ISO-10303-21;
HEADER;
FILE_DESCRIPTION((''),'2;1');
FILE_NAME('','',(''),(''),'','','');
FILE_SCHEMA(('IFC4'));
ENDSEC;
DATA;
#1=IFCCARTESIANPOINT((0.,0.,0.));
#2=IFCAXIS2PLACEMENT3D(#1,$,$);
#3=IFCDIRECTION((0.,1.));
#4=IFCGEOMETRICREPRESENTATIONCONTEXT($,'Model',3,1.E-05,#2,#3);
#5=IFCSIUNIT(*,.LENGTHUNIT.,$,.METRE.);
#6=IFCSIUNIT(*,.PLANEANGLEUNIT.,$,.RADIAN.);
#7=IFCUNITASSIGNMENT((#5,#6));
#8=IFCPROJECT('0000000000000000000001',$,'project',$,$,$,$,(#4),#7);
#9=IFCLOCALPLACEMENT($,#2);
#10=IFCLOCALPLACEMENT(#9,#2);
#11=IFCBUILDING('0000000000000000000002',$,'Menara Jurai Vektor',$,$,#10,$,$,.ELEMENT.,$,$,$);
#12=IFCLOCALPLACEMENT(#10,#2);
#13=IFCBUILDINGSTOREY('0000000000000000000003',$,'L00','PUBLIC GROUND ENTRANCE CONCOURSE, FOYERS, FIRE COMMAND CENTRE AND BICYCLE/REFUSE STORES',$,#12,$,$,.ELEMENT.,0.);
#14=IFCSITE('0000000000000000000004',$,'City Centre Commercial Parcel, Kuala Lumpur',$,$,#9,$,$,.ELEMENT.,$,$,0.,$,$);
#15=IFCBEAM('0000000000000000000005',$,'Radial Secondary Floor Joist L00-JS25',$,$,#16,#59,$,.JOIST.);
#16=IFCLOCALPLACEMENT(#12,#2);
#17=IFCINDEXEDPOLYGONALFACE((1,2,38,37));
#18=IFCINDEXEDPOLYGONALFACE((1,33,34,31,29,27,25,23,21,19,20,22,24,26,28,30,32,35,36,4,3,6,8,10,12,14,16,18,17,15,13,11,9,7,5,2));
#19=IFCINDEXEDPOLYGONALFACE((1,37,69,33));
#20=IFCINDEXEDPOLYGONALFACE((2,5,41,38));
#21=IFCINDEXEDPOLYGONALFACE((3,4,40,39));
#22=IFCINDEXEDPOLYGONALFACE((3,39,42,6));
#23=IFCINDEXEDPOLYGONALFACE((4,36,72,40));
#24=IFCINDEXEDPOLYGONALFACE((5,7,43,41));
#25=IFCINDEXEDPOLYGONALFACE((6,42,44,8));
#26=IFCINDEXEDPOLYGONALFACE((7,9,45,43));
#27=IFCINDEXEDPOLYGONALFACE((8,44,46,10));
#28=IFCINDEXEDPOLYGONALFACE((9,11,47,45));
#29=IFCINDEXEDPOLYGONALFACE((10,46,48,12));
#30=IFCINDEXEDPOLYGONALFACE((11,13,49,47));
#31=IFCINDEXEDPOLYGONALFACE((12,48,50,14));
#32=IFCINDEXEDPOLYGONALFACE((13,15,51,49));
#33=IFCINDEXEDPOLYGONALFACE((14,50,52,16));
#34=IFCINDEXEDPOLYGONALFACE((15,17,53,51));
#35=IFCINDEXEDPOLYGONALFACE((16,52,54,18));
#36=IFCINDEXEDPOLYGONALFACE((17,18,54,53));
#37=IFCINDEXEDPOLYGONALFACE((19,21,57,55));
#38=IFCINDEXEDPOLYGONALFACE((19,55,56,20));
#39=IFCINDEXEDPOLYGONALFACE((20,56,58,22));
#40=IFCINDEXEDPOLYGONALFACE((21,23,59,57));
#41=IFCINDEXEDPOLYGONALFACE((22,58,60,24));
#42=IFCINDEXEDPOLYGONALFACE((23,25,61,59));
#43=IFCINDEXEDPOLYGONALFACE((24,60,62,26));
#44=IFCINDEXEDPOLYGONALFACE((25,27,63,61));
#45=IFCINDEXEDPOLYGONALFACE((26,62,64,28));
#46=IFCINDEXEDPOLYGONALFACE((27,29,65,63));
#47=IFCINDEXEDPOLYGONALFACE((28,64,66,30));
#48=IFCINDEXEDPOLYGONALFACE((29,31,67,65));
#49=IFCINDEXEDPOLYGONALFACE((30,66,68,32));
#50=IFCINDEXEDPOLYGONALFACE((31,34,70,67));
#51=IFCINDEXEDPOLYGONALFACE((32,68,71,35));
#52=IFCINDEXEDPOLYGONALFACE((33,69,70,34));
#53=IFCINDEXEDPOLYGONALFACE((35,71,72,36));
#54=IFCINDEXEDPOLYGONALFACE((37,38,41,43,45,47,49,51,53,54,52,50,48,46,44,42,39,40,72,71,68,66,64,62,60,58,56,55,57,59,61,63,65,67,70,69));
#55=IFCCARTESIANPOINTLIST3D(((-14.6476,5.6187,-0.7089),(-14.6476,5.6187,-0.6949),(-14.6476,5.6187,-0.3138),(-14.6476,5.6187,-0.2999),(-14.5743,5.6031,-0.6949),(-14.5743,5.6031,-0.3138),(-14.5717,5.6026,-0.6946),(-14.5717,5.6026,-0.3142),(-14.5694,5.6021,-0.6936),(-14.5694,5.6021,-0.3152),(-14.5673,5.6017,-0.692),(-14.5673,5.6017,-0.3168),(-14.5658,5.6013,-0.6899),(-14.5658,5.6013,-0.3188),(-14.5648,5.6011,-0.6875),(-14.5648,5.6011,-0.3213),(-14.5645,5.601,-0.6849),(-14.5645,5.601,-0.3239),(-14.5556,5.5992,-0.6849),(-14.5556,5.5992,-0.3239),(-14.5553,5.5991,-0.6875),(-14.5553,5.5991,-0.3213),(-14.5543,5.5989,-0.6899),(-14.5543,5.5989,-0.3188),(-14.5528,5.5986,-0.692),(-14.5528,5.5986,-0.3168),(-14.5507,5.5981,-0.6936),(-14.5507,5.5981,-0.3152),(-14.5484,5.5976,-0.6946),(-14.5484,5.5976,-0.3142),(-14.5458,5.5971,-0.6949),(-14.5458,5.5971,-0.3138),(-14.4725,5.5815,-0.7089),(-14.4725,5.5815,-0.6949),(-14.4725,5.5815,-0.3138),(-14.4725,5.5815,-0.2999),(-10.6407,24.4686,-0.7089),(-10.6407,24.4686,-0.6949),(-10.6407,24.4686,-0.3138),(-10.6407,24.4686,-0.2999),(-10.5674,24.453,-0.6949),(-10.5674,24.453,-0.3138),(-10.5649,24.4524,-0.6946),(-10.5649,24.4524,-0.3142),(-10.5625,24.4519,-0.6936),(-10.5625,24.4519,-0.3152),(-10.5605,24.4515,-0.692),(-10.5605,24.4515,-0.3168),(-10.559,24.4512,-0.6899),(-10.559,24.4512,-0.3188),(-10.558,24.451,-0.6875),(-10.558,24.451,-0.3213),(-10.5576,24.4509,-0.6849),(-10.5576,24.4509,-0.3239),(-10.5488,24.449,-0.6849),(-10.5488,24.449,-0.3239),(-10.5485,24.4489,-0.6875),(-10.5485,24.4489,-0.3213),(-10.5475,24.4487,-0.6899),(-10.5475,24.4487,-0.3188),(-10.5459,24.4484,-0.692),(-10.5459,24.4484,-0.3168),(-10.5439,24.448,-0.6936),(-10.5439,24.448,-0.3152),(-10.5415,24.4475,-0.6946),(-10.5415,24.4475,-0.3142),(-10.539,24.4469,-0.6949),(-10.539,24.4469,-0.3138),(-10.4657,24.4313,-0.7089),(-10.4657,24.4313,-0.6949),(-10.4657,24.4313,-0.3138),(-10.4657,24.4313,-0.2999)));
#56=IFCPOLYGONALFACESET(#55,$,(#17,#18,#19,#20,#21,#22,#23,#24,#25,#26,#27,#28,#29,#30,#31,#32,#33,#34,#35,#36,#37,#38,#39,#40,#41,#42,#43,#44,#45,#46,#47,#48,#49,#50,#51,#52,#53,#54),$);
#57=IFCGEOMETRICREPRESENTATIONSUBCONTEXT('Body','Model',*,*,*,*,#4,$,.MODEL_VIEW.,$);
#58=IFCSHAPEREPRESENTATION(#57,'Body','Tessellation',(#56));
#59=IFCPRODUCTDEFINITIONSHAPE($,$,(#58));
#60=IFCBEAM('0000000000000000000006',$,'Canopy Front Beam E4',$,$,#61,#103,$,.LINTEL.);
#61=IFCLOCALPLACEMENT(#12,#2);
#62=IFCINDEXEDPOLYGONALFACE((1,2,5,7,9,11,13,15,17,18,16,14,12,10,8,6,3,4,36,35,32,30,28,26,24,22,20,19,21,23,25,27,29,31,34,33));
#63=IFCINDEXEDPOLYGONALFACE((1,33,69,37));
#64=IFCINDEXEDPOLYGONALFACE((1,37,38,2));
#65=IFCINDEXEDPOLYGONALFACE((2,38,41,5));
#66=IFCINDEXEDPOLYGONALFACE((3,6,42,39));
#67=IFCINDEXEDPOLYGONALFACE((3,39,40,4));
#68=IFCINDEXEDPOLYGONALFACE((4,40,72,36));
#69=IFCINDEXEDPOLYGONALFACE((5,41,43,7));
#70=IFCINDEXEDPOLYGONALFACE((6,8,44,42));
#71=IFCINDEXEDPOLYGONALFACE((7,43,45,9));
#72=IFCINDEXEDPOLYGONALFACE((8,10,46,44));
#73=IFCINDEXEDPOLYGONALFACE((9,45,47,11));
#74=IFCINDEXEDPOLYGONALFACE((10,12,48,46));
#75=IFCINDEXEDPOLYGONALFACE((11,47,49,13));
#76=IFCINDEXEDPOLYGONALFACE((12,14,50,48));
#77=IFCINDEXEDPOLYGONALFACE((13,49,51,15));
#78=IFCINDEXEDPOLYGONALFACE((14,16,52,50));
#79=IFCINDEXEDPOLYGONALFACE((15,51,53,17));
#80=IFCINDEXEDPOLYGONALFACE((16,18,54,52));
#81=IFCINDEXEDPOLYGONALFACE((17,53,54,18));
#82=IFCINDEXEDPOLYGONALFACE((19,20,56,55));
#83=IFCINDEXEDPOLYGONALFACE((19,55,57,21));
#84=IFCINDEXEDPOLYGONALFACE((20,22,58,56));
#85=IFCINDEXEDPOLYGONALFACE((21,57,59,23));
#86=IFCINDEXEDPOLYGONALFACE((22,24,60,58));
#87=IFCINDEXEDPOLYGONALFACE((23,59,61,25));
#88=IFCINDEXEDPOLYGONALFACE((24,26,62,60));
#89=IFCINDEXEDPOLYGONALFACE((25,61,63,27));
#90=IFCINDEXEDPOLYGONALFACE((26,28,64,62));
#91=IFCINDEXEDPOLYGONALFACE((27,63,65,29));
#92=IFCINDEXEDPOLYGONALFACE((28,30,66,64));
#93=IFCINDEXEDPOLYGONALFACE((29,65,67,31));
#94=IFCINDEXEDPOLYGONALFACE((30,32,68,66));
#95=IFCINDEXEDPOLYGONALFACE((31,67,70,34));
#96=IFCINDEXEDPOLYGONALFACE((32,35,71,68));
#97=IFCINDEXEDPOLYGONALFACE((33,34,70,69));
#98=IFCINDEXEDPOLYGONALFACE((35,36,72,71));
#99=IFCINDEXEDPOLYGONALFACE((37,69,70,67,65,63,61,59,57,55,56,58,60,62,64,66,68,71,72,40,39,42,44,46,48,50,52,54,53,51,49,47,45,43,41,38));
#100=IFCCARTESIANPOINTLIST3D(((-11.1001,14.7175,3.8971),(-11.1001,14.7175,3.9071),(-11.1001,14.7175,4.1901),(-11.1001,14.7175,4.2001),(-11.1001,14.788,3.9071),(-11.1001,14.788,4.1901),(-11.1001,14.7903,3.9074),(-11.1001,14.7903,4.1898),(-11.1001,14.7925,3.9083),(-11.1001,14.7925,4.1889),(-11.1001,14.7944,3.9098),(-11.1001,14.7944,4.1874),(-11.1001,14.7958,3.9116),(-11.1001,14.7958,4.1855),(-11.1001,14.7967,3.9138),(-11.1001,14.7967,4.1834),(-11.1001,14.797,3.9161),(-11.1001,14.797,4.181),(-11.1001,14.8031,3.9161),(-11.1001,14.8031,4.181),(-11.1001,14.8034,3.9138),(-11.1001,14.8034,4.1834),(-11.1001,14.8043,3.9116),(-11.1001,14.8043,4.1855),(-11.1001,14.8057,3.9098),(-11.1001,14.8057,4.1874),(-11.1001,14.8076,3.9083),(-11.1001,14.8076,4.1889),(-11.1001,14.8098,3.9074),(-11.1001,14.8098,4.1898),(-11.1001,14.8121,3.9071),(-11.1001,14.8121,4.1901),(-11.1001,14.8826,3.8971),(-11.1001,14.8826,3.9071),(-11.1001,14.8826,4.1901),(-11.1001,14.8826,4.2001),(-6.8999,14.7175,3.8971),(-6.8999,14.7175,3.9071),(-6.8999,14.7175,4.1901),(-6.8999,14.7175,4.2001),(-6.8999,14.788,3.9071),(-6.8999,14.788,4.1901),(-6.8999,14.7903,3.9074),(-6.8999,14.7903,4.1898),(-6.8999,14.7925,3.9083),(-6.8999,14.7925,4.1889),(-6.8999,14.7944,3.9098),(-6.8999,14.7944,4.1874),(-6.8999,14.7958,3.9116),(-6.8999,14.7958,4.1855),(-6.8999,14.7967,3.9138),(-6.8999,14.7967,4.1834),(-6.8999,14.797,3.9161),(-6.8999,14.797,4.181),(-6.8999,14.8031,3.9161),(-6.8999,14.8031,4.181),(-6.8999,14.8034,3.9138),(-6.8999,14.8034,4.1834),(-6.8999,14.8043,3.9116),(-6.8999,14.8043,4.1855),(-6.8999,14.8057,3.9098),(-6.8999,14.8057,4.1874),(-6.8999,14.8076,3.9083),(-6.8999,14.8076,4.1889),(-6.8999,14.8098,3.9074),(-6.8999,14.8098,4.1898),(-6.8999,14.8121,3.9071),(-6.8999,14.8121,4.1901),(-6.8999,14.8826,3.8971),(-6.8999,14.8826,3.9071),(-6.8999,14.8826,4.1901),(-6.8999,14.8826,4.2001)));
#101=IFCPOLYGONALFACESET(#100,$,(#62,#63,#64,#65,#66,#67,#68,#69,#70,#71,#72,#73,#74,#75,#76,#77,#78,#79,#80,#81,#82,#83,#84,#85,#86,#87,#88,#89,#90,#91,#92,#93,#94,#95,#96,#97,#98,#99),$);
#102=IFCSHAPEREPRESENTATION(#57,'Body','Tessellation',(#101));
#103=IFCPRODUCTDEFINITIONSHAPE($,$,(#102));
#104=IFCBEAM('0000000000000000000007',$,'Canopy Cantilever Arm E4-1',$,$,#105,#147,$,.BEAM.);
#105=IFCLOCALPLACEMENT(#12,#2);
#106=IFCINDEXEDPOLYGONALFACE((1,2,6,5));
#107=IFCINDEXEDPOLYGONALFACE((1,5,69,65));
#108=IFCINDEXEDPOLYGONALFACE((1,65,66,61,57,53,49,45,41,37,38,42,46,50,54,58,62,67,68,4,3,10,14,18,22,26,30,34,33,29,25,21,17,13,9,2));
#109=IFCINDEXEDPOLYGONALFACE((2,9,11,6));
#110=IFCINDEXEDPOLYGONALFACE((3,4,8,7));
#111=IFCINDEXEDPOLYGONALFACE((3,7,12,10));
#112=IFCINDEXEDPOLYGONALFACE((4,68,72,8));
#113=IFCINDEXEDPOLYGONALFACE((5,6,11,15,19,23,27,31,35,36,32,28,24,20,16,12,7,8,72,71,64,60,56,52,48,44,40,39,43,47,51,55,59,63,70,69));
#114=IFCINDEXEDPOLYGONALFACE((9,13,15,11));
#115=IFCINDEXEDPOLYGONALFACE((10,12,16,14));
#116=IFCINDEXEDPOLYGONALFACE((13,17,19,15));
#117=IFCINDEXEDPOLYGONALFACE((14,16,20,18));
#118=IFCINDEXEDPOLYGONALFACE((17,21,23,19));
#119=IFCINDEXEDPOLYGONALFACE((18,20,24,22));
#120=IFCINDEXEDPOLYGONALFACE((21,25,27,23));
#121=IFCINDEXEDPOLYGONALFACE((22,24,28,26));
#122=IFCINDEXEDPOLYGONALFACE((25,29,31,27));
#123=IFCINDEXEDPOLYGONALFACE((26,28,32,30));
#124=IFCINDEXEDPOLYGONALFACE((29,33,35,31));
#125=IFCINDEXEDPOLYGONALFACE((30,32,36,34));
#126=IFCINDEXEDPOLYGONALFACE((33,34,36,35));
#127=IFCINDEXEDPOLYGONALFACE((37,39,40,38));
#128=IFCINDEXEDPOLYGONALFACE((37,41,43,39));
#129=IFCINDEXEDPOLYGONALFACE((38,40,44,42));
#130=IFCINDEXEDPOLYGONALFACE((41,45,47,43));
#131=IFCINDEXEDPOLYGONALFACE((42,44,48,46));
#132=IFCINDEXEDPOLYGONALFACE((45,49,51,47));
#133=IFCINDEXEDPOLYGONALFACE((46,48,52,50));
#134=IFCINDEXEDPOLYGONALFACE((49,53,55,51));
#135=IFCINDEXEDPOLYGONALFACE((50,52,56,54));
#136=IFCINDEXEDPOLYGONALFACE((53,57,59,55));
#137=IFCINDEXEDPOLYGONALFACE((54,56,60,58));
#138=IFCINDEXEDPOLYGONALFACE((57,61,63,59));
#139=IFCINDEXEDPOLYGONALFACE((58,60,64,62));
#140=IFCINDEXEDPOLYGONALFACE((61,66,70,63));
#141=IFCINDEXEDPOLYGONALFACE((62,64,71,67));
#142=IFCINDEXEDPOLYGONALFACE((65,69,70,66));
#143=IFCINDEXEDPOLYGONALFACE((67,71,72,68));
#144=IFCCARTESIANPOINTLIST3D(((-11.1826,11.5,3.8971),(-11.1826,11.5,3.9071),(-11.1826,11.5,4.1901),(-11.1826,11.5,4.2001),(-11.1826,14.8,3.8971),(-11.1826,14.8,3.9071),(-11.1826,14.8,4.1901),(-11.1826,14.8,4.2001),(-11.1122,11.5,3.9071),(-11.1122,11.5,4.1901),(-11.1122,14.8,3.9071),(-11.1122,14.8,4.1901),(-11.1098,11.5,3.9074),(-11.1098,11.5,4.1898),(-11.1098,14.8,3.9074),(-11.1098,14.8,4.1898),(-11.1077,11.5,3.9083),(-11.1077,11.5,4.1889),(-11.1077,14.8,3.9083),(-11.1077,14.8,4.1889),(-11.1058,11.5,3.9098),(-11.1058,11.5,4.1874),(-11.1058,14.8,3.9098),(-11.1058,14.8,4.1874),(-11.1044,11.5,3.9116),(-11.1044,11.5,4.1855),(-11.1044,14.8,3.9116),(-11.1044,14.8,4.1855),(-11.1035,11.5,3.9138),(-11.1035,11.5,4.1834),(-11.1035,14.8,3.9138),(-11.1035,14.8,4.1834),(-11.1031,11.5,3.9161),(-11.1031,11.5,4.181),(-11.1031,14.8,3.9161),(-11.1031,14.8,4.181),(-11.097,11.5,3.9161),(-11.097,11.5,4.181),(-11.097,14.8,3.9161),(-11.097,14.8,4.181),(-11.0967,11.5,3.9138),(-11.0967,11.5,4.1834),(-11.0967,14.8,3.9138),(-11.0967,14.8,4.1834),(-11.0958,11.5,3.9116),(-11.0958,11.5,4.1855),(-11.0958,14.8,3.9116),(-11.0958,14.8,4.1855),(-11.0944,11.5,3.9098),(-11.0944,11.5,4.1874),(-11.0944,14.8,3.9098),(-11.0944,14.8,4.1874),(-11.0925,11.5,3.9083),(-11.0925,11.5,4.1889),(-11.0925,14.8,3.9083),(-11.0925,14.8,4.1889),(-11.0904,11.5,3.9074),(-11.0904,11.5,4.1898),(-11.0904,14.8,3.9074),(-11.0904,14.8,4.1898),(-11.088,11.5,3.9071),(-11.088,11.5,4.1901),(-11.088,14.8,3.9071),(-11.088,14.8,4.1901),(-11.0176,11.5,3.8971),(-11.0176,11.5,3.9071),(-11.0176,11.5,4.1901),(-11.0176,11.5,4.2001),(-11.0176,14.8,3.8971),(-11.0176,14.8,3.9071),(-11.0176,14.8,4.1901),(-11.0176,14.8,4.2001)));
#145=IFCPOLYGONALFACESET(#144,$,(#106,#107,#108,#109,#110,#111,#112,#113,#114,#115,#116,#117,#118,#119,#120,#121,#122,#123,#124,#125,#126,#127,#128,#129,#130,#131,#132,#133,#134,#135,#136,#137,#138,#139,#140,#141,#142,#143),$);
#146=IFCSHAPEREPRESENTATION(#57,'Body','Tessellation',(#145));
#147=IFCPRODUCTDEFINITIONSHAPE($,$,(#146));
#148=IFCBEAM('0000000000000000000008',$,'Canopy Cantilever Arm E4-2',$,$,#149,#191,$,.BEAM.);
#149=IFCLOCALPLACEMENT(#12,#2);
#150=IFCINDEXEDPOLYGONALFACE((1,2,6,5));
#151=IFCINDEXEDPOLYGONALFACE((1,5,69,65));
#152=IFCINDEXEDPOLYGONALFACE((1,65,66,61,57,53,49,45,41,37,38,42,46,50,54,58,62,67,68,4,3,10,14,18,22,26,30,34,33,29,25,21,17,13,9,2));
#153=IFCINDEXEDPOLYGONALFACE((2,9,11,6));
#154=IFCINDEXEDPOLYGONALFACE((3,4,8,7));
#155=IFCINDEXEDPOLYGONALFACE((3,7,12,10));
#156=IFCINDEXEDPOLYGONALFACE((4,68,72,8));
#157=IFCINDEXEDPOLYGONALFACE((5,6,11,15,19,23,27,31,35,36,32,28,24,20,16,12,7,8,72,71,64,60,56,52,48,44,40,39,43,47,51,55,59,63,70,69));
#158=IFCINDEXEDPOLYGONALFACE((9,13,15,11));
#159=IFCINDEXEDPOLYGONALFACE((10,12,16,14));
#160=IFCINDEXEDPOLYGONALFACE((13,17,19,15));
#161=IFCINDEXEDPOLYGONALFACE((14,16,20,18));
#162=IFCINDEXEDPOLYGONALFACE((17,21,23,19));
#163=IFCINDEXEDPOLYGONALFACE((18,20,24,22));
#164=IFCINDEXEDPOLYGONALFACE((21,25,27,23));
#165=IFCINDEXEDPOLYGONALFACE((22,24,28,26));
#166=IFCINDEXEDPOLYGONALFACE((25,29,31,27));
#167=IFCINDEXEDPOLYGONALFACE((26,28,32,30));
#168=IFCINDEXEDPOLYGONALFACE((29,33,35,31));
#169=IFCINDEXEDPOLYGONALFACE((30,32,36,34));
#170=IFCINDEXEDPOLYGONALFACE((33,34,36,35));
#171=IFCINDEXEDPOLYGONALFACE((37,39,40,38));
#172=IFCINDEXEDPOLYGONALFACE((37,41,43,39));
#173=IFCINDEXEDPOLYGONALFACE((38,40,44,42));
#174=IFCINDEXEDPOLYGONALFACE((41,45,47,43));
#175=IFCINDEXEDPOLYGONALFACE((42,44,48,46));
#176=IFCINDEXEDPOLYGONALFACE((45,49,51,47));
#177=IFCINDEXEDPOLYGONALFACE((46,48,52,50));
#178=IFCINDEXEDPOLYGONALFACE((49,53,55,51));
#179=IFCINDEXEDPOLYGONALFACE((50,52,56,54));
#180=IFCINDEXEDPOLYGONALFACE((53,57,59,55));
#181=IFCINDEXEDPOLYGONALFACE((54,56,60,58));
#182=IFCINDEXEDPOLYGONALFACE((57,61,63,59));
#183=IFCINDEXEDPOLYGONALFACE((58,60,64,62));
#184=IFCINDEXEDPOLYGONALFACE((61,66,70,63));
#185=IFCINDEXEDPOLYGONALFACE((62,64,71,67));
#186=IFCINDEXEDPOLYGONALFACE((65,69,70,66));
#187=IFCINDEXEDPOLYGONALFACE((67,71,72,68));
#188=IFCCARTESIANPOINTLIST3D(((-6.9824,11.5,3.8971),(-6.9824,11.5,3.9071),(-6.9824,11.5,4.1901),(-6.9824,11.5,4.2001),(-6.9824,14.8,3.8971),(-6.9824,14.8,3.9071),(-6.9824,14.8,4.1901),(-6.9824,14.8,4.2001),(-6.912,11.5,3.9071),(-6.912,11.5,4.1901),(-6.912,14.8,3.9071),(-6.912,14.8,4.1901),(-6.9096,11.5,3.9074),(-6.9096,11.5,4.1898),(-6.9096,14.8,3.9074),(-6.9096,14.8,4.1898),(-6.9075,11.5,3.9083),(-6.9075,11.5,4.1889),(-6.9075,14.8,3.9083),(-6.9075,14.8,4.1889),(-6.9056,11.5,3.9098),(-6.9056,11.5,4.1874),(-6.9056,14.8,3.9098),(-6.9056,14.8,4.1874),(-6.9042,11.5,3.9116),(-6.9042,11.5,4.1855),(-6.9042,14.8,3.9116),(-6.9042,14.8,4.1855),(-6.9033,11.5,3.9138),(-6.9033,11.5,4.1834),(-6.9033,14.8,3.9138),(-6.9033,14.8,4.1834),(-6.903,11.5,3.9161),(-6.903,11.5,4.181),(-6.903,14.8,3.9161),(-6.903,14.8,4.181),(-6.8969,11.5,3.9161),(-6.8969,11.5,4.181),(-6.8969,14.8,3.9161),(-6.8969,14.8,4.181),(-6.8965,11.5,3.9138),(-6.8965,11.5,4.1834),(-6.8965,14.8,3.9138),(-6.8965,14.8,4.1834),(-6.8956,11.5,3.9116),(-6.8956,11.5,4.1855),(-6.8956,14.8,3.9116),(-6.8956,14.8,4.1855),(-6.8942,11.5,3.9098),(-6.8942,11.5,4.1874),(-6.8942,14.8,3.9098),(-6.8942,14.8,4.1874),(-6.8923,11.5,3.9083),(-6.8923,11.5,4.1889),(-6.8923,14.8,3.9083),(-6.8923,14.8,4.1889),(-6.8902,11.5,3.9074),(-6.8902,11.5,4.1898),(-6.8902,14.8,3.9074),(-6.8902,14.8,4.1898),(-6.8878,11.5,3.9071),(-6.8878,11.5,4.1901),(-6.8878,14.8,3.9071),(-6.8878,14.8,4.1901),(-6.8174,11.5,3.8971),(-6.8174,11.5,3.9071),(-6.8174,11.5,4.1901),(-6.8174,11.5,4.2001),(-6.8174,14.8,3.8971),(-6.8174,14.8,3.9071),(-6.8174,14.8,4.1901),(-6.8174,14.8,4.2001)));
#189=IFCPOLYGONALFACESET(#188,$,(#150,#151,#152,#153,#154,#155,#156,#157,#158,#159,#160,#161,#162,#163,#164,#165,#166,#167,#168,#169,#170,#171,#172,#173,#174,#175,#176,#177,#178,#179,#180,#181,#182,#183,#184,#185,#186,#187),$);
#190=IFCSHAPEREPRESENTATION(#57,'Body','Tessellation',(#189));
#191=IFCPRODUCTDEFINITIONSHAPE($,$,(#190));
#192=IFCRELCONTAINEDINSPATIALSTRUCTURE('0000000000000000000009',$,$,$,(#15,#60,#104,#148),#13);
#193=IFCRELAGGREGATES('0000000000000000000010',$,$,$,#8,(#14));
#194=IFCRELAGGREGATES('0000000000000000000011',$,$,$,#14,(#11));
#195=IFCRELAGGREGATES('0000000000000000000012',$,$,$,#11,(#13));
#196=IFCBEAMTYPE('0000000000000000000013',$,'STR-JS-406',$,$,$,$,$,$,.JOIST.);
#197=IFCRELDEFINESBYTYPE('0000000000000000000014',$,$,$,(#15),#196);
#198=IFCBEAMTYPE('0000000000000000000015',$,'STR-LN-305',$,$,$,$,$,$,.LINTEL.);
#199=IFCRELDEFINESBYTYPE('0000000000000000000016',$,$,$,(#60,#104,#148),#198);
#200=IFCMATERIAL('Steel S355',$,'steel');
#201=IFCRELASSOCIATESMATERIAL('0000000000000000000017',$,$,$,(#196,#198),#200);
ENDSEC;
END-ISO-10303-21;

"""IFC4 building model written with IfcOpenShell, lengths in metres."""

from ifc_helpers import new_model, si_unit, direction, frame, origin, origin_2d, place, context, subcontext, project, spatial, i_section, extrude, material, material_profile, profile_set, type_object, element, save


model = new_model("IFC4")

# Units and contexts
model_context = context("Model", 3, precision=1e-05, world=origin(), true_north=direction((0.0, 1.0)))
body_context = subcontext(model_context, "Body", "Model", "MODEL_VIEW")
ifc_project = project(units=[si_unit("LENGTHUNIT", "METRE"), si_unit("PLANEANGLEUNIT", "RADIAN")], contexts=[model_context])

# Site, building, storey
site_placement = place(None, origin())
site = spatial("IfcSite", under=ifc_project, at=site_placement, Name="City Centre Commercial Parcel, Kuala Lumpur", CompositionType="ELEMENT", RefElevation=0.0)
building_placement = place(site_placement, origin())
building = spatial("IfcBuilding", under=site, at=building_placement, Name="Menara Jurai Vektor", CompositionType="ELEMENT")
storey_placement = place(building_placement, origin())
storey = spatial("IfcBuildingStorey", under=building, at=storey_placement, Name="L00", Description="PUBLIC GROUND ENTRANCE CONCOURSE, FOYERS, FIRE COMMAND CENTRE AND BICYCLE/REFUSE STORES", CompositionType="ELEMENT", Elevation=0.0)

# Shared definitions
ifc_material_1 = material(Name="Steel S355", Category="steel")

# Beams
ifc_material_profile_1 = material_profile(ifc_material_1, i_section(OverallWidth=0.179, OverallDepth=0.4089, WebThickness=0.009, FlangeThickness=0.0139, FilletRadius=0.01, at=origin_2d()), Name="UKB 406x178x67")
ifc_profile_set_1 = profile_set([ifc_material_profile_1], Name="Steel S355")
beam_type_1 = type_object("IfcBeamType", Name="STR-JS-406", PredefinedType="JOIST", material=ifc_profile_set_1)
beam_1_placement = place(storey_placement, frame((-10.5532, 24.45, -0.5044), z_axis=(-0.20792, -0.978146, 0.0), x_axis=(0.978146, -0.20792, 0.0)))
element("IfcBeam", 1, at=beam_1_placement, inside=storey, type_object=beam_type_1, Name="Radial Secondary Floor Joist L00-JS25", PredefinedType="JOIST", context=body_context, shape_type="SweptSolid", body=[
    extrude(i_section(OverallWidth=0.179, OverallDepth=0.4089, WebThickness=0.009, FlangeThickness=0.0139, FilletRadius=0.01, at=origin_2d()), origin(), (0.0, 0.0, 1.0), 19.271),
])
ifc_material_profile_2 = material_profile(ifc_material_1, i_section(OverallWidth=0.165, OverallDepth=0.303, WebThickness=0.0061, FlangeThickness=0.01, FilletRadius=0.009, at=origin_2d()), Name="UKB 305x165x40")
ifc_profile_set_2 = profile_set([ifc_material_profile_2], Name="Steel S355")
beam_type_2 = type_object("IfcBeamType", Name="STR-LN-305", PredefinedType="LINTEL", material=ifc_profile_set_2)
beam_2_placement = place(storey_placement, frame((-11.1001, 14.8, 4.0486), z_axis=(1.0, 0.0, 0.0), x_axis=(0.0, 1.0, 0.0)))
element("IfcBeam", 2, at=beam_2_placement, inside=storey, type_object=beam_type_2, Name="Canopy Front Beam E4", PredefinedType="LINTEL", context=body_context, shape_type="SweptSolid", body=[
    extrude(i_section(OverallWidth=0.165, OverallDepth=0.303, WebThickness=0.0061, FlangeThickness=0.01, FilletRadius=0.009, at=origin_2d()), origin(), (0.0, 0.0, 1.0), 4.2002),
])
for number, where, z_axis, x_axis, name in (
    (3, (-11.1001, 11.5, 4.0486), (0.0, 1.0, 0.0), (-1.0, 0.0, 0.0), "Canopy Cantilever Arm E4-1"),
    (4, (-6.8999, 11.5, 4.0486), (0.0, 1.0, 0.0), (-1.0, 0.0, 0.0), "Canopy Cantilever Arm E4-2"),
):
    element("IfcBeam", number, at=place(storey_placement, frame(where, z_axis=z_axis, x_axis=x_axis)), inside=storey, type_object=beam_type_2, Name=name, PredefinedType="BEAM", context=body_context, shape_type="SweptSolid", body=[
        extrude(i_section(OverallWidth=0.165, OverallDepth=0.303, WebThickness=0.0061, FlangeThickness=0.01, FilletRadius=0.009, at=origin_2d()), origin(), (0.0, 0.0, 1.0), 3.3),
    ])

save(model, "model.ifc")
